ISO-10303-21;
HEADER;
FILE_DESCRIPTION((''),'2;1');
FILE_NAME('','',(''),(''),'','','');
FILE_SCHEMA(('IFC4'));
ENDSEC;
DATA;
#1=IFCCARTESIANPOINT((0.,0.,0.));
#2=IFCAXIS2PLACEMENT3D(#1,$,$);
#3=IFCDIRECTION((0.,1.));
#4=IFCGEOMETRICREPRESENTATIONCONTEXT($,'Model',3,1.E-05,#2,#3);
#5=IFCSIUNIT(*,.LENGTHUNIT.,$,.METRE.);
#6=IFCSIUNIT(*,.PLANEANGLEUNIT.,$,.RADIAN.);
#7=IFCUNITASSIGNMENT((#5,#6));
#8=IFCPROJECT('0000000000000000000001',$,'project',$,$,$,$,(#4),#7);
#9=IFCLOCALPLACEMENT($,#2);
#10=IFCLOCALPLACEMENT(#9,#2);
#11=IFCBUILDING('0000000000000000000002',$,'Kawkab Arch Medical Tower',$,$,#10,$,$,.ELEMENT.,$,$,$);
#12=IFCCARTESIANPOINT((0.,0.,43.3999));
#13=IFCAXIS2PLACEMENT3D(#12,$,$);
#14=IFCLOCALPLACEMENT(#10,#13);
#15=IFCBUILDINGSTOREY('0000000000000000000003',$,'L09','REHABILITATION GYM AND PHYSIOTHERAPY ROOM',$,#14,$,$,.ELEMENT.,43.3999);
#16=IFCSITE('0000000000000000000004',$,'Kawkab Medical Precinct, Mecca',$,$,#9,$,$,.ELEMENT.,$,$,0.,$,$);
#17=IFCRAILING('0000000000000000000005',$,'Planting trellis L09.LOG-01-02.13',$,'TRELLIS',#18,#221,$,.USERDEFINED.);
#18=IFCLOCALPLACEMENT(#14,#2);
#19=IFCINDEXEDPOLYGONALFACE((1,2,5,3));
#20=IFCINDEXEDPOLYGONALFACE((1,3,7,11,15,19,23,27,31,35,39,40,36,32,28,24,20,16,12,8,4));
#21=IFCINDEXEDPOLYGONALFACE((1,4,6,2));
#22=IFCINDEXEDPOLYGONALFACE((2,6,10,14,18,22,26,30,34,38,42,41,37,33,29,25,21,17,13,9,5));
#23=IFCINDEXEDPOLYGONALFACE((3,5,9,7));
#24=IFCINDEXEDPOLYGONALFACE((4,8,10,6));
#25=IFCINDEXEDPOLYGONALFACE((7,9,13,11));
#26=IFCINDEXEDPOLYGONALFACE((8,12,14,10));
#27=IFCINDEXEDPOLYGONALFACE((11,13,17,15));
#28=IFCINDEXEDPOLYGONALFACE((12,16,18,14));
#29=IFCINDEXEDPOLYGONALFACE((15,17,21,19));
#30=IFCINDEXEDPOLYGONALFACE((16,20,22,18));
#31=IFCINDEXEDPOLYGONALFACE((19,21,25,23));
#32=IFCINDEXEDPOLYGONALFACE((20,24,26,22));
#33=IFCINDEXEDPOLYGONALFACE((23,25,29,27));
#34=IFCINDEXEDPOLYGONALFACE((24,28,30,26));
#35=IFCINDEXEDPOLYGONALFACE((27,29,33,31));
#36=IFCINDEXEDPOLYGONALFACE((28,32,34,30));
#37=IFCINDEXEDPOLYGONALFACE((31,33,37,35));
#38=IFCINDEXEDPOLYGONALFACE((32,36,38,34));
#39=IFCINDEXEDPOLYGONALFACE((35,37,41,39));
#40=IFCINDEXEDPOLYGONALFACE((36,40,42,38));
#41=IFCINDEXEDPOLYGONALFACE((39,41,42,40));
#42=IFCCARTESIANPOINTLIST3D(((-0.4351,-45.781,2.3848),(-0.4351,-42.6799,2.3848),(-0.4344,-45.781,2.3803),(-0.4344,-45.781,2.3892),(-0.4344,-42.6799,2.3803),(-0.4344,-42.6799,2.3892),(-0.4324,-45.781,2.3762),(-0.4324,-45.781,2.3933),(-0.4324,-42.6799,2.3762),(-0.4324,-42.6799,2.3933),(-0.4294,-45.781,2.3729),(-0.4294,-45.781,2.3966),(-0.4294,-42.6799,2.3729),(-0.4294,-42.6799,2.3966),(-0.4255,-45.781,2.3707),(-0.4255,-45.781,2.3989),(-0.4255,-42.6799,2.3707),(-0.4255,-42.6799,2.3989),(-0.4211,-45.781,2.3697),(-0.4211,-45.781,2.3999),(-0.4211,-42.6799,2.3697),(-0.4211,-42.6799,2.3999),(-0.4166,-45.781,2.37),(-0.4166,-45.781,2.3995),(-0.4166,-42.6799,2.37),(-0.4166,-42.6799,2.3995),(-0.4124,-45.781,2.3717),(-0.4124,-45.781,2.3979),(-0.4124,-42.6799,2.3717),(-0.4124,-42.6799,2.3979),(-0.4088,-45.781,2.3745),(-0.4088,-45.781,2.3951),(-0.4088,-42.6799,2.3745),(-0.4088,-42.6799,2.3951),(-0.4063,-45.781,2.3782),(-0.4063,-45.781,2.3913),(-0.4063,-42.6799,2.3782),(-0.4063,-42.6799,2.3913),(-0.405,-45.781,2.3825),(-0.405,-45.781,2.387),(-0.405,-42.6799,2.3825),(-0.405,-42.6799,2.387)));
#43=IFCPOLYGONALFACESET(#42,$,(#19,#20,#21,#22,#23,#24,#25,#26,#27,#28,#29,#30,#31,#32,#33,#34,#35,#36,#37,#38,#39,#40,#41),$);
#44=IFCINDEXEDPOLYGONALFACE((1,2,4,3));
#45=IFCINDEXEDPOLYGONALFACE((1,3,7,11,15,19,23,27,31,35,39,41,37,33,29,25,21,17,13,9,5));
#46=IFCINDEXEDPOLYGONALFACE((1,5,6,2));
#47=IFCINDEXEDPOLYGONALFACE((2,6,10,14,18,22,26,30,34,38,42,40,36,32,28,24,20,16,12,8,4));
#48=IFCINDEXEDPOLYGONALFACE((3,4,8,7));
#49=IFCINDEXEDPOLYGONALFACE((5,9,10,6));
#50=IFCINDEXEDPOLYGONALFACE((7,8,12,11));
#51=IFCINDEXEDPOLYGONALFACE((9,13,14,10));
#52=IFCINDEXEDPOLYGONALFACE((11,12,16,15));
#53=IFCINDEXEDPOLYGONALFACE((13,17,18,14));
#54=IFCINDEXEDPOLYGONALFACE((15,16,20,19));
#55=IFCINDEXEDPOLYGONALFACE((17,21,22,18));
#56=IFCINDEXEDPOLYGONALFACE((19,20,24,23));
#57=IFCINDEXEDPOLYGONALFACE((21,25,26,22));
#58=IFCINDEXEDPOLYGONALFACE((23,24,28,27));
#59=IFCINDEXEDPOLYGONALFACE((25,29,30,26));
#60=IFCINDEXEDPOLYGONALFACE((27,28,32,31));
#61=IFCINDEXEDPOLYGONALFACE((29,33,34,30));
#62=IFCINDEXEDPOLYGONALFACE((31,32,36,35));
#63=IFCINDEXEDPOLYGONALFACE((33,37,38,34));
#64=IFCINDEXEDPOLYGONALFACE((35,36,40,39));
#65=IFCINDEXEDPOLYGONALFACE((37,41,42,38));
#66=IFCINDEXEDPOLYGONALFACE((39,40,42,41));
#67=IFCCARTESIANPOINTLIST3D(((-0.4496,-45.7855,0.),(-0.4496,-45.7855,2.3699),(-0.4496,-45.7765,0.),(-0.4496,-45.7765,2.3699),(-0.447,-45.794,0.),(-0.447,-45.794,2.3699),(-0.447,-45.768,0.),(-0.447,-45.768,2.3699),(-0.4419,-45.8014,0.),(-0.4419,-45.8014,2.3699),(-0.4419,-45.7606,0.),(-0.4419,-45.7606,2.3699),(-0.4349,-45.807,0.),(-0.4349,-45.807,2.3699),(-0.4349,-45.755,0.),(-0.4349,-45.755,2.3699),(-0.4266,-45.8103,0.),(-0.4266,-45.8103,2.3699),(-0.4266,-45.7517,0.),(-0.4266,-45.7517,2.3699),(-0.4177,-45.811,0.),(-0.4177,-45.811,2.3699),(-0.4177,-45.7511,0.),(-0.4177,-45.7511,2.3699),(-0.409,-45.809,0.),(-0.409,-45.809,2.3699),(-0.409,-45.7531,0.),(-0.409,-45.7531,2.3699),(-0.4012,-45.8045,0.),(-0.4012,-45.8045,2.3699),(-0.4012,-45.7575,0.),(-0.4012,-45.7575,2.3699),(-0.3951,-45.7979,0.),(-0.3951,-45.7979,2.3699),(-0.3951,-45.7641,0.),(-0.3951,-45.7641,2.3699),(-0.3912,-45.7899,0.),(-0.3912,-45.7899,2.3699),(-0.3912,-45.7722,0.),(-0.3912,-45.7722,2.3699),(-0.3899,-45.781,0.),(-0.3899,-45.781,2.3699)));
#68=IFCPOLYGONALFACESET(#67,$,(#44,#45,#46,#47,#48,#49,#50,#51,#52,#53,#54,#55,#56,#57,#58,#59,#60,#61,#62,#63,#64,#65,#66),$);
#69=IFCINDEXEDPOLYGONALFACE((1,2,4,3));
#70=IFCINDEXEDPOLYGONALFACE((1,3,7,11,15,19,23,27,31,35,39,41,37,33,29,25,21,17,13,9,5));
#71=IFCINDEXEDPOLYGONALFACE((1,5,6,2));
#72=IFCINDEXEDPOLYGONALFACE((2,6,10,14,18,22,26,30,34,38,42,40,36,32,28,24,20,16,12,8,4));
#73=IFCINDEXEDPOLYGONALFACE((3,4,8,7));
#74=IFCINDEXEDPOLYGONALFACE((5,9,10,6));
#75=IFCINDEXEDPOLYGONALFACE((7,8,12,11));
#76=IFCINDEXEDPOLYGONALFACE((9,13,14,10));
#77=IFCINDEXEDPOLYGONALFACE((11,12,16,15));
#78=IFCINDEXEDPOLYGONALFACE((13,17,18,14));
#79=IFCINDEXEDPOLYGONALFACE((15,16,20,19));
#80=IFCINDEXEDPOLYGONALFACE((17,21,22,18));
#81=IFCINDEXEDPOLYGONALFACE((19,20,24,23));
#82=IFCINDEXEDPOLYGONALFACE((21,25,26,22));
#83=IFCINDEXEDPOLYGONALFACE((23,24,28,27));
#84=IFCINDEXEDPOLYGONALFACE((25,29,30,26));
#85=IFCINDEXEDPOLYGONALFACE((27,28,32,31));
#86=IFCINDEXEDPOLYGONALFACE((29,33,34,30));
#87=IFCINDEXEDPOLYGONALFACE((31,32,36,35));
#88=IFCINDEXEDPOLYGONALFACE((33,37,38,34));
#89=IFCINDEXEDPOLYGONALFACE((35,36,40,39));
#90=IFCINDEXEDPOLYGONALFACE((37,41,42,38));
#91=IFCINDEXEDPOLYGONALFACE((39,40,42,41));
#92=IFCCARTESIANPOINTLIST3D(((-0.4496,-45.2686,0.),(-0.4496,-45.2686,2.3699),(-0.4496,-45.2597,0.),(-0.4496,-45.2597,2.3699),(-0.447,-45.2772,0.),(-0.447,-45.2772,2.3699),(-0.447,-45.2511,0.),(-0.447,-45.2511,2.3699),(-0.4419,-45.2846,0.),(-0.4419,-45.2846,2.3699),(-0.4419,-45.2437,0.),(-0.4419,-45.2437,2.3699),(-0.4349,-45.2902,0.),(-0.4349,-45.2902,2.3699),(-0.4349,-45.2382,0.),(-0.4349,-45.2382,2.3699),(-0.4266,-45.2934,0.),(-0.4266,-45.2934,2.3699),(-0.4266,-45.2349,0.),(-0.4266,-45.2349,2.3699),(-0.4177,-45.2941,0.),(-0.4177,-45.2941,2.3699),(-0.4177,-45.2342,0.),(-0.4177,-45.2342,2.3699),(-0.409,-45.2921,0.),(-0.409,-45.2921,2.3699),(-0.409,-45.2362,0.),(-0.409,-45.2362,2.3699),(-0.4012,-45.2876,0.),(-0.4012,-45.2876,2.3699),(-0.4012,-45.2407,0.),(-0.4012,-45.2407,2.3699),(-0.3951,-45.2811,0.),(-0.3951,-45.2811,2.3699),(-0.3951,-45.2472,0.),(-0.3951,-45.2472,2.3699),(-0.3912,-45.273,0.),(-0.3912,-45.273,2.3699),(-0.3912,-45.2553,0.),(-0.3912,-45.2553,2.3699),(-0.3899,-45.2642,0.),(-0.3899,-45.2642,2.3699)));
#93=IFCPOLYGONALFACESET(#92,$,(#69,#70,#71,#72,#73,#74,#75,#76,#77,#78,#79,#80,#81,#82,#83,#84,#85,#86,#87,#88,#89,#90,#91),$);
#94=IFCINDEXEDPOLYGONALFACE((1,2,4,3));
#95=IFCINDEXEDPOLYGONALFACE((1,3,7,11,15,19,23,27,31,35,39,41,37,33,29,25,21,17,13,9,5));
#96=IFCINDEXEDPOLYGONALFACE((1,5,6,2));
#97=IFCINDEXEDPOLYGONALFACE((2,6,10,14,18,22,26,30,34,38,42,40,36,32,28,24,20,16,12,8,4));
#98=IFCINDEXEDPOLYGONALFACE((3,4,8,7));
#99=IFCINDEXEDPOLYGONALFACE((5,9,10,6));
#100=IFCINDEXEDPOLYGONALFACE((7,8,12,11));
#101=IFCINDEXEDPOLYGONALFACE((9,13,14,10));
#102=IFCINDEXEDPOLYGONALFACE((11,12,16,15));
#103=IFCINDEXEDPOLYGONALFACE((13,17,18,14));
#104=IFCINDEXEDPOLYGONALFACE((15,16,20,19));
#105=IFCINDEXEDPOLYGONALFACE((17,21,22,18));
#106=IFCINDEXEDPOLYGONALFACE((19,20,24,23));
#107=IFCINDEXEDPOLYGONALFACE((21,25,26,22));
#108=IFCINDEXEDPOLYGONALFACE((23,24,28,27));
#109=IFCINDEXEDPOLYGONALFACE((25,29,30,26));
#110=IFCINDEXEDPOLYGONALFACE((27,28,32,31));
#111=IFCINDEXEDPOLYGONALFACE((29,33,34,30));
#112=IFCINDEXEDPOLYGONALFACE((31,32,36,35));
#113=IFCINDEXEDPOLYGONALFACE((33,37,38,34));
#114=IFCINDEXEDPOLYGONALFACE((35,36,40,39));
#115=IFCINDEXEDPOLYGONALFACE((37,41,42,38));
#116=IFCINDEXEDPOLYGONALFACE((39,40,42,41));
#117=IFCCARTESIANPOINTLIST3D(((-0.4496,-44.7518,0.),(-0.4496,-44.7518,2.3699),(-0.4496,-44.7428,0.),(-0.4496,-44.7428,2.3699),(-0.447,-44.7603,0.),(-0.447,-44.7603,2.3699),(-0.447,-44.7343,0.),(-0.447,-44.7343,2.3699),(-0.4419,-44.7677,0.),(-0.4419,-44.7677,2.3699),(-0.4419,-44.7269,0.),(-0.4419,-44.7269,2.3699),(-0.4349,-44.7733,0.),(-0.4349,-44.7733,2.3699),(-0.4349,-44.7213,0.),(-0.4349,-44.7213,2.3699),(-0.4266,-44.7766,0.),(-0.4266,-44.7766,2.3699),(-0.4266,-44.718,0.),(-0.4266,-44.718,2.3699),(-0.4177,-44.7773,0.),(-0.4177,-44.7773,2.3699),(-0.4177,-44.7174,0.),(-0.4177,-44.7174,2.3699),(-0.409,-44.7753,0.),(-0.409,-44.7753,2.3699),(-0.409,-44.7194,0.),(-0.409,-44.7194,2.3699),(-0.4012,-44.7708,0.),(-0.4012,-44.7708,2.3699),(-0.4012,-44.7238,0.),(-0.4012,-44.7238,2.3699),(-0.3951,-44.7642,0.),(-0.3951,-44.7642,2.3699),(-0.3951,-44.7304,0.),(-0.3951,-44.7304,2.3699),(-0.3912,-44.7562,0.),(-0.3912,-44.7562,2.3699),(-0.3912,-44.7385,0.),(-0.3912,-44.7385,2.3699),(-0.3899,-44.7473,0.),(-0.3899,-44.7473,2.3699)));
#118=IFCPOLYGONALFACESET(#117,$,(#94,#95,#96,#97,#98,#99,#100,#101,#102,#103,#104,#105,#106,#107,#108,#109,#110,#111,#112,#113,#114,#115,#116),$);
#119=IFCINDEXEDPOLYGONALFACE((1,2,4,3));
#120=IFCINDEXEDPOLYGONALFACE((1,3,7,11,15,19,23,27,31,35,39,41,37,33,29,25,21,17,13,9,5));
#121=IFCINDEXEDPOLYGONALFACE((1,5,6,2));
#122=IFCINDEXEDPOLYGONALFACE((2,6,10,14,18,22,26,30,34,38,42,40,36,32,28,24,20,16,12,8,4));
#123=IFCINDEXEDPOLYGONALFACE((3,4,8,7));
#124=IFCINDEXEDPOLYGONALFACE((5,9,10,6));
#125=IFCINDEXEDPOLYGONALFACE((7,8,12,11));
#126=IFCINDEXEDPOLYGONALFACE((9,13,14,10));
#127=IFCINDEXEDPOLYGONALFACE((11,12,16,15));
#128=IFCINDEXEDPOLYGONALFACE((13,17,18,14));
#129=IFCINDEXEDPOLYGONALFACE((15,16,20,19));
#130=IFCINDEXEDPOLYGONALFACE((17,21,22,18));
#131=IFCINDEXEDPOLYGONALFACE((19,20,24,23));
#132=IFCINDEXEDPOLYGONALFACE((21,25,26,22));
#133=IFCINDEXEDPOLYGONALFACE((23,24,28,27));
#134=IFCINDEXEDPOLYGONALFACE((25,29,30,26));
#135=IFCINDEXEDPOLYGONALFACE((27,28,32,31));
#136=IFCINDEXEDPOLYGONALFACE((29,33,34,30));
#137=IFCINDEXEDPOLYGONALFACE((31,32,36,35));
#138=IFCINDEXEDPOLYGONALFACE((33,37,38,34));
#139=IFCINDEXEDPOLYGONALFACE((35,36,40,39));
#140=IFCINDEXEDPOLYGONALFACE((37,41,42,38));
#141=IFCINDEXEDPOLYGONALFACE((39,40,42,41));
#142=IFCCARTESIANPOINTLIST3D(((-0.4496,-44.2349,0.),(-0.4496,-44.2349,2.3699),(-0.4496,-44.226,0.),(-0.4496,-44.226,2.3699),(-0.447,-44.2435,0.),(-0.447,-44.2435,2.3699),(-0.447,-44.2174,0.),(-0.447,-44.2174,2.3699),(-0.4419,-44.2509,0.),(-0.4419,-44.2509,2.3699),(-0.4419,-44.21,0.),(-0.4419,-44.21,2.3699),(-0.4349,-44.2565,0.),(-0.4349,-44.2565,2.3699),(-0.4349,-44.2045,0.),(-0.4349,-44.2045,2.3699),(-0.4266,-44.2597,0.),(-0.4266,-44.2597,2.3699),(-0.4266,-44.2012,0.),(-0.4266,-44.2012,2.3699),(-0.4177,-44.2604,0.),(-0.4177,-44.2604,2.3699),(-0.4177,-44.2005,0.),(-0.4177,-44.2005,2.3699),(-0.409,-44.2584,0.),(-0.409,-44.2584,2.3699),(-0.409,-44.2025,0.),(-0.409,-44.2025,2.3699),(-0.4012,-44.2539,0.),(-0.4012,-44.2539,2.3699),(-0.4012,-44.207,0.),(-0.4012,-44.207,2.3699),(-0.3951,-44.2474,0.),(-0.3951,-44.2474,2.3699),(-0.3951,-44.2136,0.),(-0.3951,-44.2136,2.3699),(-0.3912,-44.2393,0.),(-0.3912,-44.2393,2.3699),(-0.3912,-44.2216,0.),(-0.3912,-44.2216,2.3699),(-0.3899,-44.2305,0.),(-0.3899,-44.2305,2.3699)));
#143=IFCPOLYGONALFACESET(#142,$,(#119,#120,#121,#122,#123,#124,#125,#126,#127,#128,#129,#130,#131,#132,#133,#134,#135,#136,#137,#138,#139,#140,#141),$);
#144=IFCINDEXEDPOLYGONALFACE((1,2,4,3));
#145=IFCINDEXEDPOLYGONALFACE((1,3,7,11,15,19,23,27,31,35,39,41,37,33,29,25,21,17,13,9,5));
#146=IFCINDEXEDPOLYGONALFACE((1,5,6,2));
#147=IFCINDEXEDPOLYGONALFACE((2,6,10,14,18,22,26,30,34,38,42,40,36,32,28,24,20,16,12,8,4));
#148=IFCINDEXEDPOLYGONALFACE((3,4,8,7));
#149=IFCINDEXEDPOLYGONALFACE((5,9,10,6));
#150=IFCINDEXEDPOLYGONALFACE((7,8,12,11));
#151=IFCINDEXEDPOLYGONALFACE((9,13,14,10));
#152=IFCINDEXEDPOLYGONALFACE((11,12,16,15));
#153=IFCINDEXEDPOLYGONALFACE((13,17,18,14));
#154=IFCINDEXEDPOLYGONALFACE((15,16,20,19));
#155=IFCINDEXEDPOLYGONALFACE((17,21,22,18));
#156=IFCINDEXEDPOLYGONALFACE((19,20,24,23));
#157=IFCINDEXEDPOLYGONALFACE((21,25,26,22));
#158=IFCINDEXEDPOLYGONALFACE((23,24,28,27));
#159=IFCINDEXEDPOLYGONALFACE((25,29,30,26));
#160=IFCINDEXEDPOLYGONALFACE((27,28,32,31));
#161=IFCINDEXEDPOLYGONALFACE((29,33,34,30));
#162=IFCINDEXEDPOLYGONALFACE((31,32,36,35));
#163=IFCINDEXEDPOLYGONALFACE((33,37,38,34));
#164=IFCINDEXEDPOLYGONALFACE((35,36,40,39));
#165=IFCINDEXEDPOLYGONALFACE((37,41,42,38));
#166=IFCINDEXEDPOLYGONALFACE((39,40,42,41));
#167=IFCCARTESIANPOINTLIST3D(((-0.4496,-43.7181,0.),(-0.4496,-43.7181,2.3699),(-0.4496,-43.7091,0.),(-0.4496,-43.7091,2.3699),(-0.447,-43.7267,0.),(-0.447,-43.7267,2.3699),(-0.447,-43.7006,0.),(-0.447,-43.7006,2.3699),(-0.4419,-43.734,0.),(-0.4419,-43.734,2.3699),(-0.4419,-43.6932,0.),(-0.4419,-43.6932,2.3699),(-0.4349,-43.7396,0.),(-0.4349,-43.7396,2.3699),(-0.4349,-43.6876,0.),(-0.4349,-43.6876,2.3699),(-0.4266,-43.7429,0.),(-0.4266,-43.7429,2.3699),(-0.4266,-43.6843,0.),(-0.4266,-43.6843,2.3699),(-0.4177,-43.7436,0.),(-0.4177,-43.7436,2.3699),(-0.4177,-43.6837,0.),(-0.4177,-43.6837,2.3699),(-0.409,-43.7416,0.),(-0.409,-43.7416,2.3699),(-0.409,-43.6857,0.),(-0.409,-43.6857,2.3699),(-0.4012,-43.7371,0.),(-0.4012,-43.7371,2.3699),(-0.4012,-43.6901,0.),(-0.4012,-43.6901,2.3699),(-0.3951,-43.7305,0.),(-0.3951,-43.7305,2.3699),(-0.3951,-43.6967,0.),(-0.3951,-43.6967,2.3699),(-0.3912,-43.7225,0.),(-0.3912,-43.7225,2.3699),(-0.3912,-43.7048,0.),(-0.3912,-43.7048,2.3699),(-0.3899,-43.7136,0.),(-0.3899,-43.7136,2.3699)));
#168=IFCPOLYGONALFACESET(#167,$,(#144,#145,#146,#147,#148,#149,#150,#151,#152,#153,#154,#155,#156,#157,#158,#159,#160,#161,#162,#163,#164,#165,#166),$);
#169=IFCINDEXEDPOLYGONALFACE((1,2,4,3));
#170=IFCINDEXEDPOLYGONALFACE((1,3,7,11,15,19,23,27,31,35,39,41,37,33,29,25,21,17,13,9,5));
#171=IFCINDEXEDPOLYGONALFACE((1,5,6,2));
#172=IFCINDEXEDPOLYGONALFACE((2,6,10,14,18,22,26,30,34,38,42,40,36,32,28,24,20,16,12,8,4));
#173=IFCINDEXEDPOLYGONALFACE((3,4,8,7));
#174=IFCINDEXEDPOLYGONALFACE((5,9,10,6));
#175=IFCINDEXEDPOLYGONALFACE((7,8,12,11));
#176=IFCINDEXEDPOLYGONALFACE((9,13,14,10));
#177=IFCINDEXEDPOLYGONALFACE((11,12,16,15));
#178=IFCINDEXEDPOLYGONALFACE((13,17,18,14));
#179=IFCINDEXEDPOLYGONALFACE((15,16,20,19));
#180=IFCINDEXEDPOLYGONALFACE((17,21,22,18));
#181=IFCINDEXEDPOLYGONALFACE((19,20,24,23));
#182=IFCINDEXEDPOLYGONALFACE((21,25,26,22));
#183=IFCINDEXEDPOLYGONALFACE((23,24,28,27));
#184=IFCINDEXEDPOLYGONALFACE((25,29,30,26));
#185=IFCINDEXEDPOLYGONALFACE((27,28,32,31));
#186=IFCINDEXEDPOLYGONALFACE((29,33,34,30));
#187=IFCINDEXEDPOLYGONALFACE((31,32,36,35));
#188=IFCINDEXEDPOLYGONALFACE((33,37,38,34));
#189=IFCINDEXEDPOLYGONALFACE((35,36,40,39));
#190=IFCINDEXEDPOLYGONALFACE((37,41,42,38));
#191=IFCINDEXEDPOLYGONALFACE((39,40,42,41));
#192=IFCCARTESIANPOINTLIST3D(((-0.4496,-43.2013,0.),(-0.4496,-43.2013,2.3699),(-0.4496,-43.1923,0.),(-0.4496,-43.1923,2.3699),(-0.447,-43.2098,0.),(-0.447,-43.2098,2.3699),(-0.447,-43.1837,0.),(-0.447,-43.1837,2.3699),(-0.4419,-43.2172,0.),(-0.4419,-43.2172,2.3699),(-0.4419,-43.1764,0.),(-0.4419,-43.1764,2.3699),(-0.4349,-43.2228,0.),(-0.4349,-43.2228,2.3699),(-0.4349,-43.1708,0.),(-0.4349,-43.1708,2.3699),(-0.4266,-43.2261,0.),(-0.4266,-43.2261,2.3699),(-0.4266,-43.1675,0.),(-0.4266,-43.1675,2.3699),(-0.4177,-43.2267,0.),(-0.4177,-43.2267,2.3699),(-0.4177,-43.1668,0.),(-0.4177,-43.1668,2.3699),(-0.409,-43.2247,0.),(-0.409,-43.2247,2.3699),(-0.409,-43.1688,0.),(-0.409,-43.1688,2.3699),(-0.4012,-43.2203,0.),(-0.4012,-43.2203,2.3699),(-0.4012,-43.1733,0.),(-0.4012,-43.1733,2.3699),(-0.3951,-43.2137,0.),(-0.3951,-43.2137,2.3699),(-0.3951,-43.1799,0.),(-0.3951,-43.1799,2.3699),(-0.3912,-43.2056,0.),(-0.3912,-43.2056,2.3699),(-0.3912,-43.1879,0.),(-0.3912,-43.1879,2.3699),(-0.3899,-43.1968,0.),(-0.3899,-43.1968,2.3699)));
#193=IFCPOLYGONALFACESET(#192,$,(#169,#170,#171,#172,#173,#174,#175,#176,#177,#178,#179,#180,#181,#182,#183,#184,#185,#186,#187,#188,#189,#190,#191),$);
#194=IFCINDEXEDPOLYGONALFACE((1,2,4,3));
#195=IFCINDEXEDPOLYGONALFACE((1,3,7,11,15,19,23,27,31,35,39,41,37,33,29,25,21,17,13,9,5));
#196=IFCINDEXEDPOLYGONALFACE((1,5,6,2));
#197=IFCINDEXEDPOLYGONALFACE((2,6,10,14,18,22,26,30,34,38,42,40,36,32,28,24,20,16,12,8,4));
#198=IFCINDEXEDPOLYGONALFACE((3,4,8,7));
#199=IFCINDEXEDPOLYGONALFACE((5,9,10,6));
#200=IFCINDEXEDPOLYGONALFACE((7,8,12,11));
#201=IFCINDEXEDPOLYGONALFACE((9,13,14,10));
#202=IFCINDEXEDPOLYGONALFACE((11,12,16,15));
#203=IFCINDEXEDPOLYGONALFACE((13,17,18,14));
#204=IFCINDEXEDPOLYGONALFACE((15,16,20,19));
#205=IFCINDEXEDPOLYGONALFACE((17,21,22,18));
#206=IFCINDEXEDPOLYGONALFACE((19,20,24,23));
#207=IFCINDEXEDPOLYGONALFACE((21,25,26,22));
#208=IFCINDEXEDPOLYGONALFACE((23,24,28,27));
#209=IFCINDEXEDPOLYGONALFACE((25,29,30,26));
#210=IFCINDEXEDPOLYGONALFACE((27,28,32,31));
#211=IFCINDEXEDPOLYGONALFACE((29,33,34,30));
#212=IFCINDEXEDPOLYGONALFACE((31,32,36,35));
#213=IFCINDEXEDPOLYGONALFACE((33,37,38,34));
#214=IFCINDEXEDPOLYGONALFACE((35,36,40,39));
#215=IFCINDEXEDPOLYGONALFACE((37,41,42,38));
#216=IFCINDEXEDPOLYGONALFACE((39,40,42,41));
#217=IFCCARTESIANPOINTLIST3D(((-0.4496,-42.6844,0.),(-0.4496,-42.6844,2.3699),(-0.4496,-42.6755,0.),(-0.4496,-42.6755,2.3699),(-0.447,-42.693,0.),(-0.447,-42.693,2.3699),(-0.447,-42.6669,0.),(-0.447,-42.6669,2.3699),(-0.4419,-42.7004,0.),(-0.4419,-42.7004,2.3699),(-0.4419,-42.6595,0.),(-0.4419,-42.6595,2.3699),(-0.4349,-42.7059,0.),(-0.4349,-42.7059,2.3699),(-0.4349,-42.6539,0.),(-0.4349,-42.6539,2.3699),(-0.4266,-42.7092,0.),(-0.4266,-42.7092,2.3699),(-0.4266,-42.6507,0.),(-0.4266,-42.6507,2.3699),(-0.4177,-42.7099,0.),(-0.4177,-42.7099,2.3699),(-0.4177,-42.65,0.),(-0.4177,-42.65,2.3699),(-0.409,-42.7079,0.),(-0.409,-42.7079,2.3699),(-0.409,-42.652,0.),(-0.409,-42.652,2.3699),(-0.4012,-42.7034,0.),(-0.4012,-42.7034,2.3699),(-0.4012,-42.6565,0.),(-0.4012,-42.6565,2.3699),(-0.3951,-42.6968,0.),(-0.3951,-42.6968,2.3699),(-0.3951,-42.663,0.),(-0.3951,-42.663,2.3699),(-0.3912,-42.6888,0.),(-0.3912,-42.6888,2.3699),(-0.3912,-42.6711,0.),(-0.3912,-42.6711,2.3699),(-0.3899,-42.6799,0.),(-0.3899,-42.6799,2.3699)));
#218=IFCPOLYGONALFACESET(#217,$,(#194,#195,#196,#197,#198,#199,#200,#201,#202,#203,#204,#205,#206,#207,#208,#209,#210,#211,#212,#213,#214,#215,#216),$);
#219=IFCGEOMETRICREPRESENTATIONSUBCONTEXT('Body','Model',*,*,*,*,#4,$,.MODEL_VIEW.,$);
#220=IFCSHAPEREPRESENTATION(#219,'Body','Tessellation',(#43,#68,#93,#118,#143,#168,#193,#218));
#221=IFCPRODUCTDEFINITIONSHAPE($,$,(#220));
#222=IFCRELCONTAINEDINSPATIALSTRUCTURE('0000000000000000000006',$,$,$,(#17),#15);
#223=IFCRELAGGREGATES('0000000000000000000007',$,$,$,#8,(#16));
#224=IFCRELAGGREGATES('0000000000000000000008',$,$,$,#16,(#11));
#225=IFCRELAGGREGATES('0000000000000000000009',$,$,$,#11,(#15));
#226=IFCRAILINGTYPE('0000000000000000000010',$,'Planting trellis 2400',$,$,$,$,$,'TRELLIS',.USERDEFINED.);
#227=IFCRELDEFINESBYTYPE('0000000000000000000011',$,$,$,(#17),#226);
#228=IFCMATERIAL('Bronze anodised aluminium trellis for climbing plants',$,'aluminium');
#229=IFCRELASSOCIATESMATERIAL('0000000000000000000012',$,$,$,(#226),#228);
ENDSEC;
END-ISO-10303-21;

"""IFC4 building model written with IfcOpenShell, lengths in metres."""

from ifc_helpers import new_model, si_unit, direction, frame, origin, origin_2d, place, context, subcontext, project, spatial, circle, extrude, material, type_object, element, save


model = new_model("IFC4")

# Units and contexts
model_context = context("Model", 3, precision=1e-05, world=origin(), true_north=direction((0.0, 1.0)))
body_context = subcontext(model_context, "Body", "Model", "MODEL_VIEW")
ifc_project = project(units=[si_unit("LENGTHUNIT", "METRE"), si_unit("PLANEANGLEUNIT", "RADIAN")], contexts=[model_context])

# Site, building, storey
site_placement = place(None, origin())
site = spatial("IfcSite", under=ifc_project, at=site_placement, Name="Kawkab Medical Precinct, Mecca", CompositionType="ELEMENT", RefElevation=0.0)
building_placement = place(site_placement, origin())
building = spatial("IfcBuilding", under=site, at=building_placement, Name="Kawkab Arch Medical Tower", CompositionType="ELEMENT")
storey_placement = place(building_placement, frame((0.0, 0.0, 43.3999)))
storey = spatial("IfcBuildingStorey", under=building, at=storey_placement, Name="L09", Description="REHABILITATION GYM AND PHYSIOTHERAPY ROOM", CompositionType="ELEMENT", Elevation=43.3999)

# Railing
ifc_material_1 = material(Name="Bronze anodised aluminium trellis for climbing plants", Category="aluminium")
railing_type_1 = type_object("IfcRailingType", Name="Planting trellis 2400", ElementType="TRELLIS", PredefinedType="USERDEFINED", material=ifc_material_1)
railing_1_placement = place(storey_placement, frame((-0.4199, -45.781, 0.0)))
element("IfcRailing", 1, at=railing_1_placement, inside=storey, type_object=railing_type_1, Name="Planting trellis L09.LOG-01-02.13", ObjectType="TRELLIS", PredefinedType="USERDEFINED", context=body_context, shape_type="SweptSolid", body=[
    extrude(circle(Radius=0.0151, at=origin_2d()), frame((0.0, 0.0, 2.3848), z_axis=(0.0, 1.0, 0.0), x_axis=(-1.0, 0.0, 0.0)), (0.0, 0.0, 1.0), 3.1011),
    extrude(circle(Radius=0.03, at=origin_2d()), origin(), (0.0, 0.0, 1.0), 2.3699),
    extrude(circle(Radius=0.03, at=origin_2d()), frame((0.0, 0.5168, 0.0)), (0.0, 0.0, 1.0), 2.3699),
    extrude(circle(Radius=0.03, at=origin_2d()), frame((0.0, 1.0337, 0.0)), (0.0, 0.0, 1.0), 2.3699),
    extrude(circle(Radius=0.03, at=origin_2d()), frame((0.0, 1.5505, 0.0)), (0.0, 0.0, 1.0), 2.3699),
    extrude(circle(Radius=0.03, at=origin_2d()), frame((0.0, 2.0674, 0.0)), (0.0, 0.0, 1.0), 2.3699),
    extrude(circle(Radius=0.03, at=origin_2d()), frame((0.0, 2.5842, 0.0)), (0.0, 0.0, 1.0), 2.3699),
    extrude(circle(Radius=0.03, at=origin_2d()), frame((0.0, 3.1011, 0.0)), (0.0, 0.0, 1.0), 2.3699),
])

save(model, "model.ifc")
